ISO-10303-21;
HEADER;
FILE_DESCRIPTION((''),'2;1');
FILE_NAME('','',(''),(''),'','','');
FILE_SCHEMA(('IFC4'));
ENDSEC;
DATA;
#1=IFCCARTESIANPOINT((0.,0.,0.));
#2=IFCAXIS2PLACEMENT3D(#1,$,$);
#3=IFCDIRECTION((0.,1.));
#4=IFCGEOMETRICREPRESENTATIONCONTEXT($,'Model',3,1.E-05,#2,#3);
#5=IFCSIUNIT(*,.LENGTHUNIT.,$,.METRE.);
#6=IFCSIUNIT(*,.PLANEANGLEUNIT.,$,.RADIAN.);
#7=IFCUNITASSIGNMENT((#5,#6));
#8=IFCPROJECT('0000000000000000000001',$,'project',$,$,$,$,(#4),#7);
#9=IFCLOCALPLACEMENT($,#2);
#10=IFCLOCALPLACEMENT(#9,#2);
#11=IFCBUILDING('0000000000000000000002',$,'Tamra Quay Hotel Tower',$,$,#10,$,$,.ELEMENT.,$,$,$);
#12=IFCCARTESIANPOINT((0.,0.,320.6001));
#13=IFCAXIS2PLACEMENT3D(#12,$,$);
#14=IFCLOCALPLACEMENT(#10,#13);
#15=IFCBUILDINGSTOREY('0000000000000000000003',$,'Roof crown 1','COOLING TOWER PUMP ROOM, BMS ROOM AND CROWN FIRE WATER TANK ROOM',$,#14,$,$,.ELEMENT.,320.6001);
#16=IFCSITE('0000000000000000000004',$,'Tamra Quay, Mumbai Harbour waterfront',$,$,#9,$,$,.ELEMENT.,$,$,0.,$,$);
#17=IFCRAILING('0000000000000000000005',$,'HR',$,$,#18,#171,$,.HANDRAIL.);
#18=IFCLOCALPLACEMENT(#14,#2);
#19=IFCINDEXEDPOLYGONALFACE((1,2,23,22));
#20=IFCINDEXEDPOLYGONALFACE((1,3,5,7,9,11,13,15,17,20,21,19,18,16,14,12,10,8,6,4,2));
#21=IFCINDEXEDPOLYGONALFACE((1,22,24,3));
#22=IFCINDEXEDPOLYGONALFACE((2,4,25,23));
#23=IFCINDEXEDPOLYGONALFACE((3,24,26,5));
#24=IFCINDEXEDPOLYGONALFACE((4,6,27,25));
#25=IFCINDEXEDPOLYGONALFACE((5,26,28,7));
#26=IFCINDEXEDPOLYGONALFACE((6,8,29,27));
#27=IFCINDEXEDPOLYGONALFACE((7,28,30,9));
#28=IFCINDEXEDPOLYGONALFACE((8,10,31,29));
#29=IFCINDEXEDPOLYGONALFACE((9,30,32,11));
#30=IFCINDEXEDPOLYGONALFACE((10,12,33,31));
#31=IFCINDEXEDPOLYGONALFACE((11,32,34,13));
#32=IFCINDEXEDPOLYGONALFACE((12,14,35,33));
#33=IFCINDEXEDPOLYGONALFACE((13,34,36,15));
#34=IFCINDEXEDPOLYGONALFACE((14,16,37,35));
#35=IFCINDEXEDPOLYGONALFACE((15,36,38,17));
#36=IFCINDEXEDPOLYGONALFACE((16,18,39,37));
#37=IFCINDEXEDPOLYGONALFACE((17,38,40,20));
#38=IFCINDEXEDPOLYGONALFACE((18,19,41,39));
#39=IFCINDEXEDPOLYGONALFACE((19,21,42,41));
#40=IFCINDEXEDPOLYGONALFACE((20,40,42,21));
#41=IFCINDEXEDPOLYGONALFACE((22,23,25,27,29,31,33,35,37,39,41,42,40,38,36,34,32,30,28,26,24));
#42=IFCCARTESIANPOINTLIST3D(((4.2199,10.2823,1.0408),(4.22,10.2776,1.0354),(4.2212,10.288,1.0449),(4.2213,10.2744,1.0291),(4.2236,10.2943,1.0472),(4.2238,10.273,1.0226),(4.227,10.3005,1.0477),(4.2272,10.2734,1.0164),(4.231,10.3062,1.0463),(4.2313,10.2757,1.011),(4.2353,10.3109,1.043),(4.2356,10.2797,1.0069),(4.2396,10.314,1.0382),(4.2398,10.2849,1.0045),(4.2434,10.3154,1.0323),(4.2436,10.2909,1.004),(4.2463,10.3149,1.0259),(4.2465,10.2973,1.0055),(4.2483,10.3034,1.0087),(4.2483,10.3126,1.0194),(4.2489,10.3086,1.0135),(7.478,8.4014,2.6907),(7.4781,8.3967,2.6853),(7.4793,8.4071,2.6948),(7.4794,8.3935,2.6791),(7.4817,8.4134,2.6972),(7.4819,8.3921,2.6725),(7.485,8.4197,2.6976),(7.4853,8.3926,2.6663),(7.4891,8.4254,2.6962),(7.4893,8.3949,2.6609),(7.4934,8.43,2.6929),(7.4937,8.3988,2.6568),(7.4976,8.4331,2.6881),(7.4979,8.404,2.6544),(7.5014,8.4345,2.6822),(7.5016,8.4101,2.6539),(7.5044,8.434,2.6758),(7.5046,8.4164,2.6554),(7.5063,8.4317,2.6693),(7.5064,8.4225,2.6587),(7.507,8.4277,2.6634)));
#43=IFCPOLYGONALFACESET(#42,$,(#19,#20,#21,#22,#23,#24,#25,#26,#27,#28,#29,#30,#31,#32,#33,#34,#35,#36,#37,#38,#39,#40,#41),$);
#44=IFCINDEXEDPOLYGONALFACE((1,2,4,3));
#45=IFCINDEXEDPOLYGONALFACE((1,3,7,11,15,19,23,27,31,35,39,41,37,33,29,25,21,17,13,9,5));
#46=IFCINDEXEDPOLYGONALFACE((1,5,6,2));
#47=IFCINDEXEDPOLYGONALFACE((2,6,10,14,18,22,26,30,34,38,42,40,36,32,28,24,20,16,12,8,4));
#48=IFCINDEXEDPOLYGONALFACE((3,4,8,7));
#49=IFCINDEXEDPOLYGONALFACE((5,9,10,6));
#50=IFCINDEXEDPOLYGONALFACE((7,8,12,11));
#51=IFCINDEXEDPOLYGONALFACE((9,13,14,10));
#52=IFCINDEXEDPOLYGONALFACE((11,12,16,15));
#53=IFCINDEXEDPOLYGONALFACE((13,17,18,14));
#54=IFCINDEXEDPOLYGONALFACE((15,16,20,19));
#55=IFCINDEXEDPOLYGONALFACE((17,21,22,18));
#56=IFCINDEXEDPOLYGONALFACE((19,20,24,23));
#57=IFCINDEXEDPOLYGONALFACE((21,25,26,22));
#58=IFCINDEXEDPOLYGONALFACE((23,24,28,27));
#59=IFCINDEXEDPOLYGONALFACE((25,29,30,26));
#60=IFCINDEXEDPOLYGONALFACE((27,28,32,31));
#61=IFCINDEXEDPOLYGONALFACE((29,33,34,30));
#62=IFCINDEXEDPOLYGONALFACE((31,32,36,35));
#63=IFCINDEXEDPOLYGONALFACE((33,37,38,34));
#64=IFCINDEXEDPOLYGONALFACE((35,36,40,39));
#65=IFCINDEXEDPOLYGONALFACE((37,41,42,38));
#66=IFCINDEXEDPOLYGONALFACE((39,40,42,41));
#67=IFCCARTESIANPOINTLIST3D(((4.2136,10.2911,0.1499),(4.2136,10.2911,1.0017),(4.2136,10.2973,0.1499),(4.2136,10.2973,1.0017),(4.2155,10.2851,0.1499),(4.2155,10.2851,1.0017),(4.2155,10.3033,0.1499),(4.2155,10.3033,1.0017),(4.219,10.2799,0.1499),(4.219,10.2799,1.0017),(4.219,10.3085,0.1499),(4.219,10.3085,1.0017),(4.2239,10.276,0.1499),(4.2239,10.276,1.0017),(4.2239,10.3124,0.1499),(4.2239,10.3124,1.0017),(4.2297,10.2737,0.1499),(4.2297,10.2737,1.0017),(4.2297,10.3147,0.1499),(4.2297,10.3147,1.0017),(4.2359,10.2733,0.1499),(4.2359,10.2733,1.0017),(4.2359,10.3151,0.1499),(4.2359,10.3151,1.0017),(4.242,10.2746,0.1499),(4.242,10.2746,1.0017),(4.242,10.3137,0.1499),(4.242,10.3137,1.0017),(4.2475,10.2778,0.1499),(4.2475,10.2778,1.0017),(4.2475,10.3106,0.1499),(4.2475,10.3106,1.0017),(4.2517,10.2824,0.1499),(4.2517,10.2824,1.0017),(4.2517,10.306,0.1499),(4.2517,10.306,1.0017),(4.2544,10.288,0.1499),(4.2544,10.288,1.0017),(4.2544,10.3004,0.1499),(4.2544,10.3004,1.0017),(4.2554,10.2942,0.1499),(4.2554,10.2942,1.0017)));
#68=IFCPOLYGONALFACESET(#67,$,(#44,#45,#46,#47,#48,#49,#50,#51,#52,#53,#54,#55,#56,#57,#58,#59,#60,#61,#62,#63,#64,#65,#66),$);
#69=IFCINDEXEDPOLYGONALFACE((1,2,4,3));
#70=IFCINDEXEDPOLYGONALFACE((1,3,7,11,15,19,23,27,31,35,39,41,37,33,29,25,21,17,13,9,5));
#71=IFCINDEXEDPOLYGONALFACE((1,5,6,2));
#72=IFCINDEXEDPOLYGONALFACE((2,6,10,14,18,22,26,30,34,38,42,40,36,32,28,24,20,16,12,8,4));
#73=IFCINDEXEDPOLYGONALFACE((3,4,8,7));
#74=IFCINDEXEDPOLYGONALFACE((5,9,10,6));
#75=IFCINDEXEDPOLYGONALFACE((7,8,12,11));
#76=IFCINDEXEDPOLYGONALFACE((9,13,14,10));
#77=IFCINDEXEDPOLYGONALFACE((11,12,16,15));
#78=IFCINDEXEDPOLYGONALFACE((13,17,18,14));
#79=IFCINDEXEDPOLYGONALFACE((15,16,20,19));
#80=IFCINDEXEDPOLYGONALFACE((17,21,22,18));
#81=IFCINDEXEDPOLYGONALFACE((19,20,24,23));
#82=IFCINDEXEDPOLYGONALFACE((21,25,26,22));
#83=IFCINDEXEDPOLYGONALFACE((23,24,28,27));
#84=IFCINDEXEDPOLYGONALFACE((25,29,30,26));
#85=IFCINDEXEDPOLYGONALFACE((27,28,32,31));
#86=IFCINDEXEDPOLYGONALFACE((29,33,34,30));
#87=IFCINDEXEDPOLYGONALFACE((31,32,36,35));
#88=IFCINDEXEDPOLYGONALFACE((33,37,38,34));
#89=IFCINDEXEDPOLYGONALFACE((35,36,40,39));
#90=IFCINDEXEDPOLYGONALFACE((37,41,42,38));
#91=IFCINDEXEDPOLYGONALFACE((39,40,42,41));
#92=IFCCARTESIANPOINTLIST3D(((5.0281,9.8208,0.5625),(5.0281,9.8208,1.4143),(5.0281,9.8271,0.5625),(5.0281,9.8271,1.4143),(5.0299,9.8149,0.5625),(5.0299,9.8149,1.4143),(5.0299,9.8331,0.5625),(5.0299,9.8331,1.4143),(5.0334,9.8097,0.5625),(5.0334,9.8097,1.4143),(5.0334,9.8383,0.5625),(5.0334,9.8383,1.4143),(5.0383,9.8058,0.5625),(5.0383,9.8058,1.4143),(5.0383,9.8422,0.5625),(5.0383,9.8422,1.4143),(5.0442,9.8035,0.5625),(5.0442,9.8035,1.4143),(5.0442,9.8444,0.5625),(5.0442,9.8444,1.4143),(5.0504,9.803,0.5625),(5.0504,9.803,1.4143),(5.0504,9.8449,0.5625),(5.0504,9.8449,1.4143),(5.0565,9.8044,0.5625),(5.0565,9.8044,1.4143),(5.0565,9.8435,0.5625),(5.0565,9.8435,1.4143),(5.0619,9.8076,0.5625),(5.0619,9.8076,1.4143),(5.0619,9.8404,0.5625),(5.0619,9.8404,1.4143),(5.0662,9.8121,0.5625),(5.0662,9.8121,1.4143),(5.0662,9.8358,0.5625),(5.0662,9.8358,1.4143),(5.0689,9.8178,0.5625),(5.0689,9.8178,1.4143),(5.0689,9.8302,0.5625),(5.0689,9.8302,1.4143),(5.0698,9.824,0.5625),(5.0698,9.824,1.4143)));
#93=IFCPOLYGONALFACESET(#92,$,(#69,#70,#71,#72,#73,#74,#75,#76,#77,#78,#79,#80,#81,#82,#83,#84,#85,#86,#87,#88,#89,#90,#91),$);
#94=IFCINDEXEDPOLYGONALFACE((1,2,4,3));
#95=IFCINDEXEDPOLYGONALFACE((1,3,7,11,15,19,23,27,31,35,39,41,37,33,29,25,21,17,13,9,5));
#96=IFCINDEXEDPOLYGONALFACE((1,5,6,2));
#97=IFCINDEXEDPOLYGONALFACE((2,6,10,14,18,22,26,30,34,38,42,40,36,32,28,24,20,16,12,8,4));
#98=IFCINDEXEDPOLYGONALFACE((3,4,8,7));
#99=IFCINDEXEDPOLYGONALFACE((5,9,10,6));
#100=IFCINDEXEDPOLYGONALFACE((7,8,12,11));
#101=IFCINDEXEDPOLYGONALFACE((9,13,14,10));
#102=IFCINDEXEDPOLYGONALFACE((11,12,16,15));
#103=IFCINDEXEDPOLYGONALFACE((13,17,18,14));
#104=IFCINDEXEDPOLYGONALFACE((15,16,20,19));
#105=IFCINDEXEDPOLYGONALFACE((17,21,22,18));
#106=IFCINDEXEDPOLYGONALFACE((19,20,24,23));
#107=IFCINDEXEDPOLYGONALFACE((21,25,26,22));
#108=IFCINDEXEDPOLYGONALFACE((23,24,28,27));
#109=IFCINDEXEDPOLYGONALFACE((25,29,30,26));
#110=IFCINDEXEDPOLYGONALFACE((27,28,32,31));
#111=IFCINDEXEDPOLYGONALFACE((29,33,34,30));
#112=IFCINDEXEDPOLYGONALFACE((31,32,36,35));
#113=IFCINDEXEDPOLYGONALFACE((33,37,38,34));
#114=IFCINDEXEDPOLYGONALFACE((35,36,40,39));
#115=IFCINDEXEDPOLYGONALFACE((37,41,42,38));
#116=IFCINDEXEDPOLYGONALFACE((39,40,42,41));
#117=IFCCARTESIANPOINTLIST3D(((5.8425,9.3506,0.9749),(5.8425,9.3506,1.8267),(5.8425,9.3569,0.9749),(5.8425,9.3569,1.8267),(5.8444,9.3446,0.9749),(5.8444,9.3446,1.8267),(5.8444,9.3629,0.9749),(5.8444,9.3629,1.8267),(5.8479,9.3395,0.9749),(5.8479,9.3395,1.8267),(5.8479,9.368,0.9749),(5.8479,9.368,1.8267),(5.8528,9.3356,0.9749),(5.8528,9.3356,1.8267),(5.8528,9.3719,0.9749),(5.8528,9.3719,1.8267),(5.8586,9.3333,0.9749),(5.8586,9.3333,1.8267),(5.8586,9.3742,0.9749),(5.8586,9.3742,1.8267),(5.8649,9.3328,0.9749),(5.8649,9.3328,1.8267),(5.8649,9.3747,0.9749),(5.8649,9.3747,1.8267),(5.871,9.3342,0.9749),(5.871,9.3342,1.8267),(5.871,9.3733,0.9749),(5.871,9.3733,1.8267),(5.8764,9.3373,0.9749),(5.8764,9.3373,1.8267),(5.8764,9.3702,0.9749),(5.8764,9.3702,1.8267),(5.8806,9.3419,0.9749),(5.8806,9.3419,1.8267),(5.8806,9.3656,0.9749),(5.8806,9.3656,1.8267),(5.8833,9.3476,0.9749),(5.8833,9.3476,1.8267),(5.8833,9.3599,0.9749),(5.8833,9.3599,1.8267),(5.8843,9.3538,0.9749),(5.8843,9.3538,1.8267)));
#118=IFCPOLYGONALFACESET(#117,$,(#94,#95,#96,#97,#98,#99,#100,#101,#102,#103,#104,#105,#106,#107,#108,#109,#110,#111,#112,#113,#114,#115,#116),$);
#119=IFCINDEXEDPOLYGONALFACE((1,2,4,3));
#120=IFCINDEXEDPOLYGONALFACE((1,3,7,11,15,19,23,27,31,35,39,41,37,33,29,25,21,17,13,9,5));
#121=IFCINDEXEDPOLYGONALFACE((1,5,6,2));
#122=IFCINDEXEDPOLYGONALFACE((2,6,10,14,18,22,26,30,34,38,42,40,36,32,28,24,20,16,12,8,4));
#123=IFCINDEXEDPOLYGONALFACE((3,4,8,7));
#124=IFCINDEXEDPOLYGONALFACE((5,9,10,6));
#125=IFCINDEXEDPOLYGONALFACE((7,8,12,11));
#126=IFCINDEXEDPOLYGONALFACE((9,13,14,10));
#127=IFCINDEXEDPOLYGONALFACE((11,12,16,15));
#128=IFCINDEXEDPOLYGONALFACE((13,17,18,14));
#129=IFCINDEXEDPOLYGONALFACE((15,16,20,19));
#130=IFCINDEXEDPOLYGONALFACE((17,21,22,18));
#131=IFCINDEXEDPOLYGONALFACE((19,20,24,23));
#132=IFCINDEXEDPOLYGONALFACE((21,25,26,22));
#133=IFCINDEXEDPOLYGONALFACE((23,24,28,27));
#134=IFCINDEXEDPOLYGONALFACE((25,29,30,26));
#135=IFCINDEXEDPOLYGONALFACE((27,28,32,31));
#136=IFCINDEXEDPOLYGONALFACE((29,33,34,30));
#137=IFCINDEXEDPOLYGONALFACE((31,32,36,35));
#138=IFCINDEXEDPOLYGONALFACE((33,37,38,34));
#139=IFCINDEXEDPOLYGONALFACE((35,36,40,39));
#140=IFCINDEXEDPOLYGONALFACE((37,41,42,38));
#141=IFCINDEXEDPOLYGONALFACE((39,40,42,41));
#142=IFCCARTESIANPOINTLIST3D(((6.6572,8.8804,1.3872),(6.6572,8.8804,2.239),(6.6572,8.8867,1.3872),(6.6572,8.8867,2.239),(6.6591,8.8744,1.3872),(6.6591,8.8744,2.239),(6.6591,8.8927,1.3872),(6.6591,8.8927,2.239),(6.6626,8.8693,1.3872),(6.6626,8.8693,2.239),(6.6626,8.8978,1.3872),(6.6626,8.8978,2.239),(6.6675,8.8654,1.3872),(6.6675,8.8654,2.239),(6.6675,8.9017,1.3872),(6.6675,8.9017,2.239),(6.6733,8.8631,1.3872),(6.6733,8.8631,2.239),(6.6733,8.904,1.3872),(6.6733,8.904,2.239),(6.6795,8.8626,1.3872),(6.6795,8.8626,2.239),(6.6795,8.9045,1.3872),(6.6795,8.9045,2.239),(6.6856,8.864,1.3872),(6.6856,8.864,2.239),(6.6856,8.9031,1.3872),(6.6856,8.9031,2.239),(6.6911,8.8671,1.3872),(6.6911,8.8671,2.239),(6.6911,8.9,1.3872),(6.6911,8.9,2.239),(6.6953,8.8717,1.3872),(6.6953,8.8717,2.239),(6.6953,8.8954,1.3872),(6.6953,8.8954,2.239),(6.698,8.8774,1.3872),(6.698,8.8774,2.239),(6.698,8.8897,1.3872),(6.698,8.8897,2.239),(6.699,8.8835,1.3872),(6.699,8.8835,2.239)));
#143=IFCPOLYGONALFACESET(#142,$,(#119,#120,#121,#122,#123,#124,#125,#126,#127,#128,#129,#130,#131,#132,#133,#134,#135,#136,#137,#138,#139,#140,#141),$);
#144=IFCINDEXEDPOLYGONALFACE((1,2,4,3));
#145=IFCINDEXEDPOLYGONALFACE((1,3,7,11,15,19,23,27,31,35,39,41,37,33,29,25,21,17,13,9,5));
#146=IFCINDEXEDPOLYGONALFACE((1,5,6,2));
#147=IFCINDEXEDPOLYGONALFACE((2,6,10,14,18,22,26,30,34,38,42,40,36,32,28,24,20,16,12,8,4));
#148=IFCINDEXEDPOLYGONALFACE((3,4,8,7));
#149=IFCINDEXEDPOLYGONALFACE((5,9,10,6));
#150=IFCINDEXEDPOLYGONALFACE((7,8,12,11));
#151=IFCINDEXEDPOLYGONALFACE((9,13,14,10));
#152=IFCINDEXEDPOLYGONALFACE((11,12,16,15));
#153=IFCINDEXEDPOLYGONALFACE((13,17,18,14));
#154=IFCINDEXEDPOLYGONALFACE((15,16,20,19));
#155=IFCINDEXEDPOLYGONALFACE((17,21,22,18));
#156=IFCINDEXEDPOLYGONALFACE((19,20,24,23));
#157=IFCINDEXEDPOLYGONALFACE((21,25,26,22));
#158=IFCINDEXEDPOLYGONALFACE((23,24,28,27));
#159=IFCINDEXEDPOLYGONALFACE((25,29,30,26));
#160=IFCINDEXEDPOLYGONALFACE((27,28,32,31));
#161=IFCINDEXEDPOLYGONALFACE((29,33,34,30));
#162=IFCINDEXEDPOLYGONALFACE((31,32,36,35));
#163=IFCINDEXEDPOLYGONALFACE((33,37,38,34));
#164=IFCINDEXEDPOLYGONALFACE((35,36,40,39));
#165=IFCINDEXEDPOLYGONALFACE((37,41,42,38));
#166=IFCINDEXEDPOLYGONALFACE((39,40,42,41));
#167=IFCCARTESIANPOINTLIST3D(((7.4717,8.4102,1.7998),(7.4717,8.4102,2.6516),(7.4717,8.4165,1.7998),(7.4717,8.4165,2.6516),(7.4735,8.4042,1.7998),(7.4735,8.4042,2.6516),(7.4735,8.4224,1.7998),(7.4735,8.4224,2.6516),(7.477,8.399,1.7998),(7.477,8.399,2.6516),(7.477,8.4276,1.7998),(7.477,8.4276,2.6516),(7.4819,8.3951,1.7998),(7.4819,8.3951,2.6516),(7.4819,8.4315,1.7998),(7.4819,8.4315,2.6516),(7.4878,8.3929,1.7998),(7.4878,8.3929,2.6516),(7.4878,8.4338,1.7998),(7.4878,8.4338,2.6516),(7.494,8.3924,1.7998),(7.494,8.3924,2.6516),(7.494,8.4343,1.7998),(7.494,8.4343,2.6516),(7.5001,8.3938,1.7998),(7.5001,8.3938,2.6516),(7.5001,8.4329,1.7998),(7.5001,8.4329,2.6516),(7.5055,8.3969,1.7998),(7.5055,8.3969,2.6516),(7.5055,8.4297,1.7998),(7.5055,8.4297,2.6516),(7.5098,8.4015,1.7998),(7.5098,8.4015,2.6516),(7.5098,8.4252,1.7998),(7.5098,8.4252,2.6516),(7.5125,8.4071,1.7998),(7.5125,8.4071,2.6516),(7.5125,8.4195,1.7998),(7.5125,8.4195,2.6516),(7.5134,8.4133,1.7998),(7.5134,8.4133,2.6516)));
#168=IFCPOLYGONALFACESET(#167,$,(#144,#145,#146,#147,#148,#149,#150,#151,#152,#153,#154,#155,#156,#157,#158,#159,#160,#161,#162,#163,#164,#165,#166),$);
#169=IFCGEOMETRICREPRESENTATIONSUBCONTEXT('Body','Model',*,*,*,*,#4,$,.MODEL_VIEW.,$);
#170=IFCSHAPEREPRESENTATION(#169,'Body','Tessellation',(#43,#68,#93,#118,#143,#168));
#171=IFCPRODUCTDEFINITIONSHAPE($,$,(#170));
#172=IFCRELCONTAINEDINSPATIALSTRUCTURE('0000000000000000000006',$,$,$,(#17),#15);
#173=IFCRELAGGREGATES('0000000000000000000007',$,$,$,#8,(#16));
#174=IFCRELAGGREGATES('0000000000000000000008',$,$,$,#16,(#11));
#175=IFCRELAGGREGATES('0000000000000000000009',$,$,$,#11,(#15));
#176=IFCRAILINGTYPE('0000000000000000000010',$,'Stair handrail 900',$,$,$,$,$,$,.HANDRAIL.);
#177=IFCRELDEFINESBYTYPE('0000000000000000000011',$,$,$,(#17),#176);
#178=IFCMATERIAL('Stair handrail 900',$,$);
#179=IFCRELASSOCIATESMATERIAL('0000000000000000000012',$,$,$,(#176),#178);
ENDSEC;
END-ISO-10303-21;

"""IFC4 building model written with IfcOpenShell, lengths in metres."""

from ifc_helpers import new_model, si_unit, direction, frame, origin, origin_2d, place, context, subcontext, project, spatial, circle, extrude, material, type_object, element, save


model = new_model("IFC4")

# Units and contexts
model_context = context("Model", 3, precision=1e-05, world=origin(), true_north=direction((0.0, 1.0)))
body_context = subcontext(model_context, "Body", "Model", "MODEL_VIEW")
ifc_project = project(units=[si_unit("LENGTHUNIT", "METRE"), si_unit("PLANEANGLEUNIT", "RADIAN")], contexts=[model_context])

# Site, building, storey
site_placement = place(None, origin())
site = spatial("IfcSite", under=ifc_project, at=site_placement, Name="Tamra Quay, Mumbai Harbour waterfront", CompositionType="ELEMENT", RefElevation=0.0)
building_placement = place(site_placement, origin())
building = spatial("IfcBuilding", under=site, at=building_placement, Name="Tamra Quay Hotel Tower", CompositionType="ELEMENT")
storey_placement = place(building_placement, frame((0.0, 0.0, 320.6001)))
storey = spatial("IfcBuildingStorey", under=building, at=storey_placement, Name="Roof crown 1", Description="COOLING TOWER PUMP ROOM, BMS ROOM AND CROWN FIRE WATER TANK ROOM", CompositionType="ELEMENT", Elevation=320.6001)

# Railing
ifc_material_1 = material(Name="Stair handrail 900")
railing_type_1 = type_object("IfcRailingType", Name="Stair handrail 900", PredefinedType="HANDRAIL", material=ifc_material_1)
railing_1_placement = place(storey_placement, frame((4.2344, 10.2942, 0.1499)))
element("IfcRailing", 1, at=railing_1_placement, inside=storey, type_object=railing_type_1, Name="HR", PredefinedType="HANDRAIL", context=body_context, shape_type="SweptSolid", body=[
    extrude(circle(Radius=0.0239, at=origin_2d()), frame((0.0, 0.0, 0.876), z_axis=(0.793122, -0.457865, 0.401642), x_axis=(0.499964, 0.866046, 0.0)), (0.0, 0.0, 1.0), 4.1079),
    extrude(circle(Radius=0.021, at=origin_2d()), origin(), (0.0, 0.0, 1.0), 0.8518),
    extrude(circle(Radius=0.021, at=origin_2d()), frame((0.8145, -0.4702, 0.4126)), (0.0, 0.0, 1.0), 0.8518),
    extrude(circle(Radius=0.021, at=origin_2d()), frame((1.6289, -0.9404, 0.825)), (0.0, 0.0, 1.0), 0.8518),
    extrude(circle(Radius=0.021, at=origin_2d()), frame((2.4436, -1.4106, 1.2373)), (0.0, 0.0, 1.0), 0.8518),
    extrude(circle(Radius=0.021, at=origin_2d()), frame((3.2581, -1.8809, 1.6499)), (0.0, 0.0, 1.0), 0.8518),
])

save(model, "model.ifc")
